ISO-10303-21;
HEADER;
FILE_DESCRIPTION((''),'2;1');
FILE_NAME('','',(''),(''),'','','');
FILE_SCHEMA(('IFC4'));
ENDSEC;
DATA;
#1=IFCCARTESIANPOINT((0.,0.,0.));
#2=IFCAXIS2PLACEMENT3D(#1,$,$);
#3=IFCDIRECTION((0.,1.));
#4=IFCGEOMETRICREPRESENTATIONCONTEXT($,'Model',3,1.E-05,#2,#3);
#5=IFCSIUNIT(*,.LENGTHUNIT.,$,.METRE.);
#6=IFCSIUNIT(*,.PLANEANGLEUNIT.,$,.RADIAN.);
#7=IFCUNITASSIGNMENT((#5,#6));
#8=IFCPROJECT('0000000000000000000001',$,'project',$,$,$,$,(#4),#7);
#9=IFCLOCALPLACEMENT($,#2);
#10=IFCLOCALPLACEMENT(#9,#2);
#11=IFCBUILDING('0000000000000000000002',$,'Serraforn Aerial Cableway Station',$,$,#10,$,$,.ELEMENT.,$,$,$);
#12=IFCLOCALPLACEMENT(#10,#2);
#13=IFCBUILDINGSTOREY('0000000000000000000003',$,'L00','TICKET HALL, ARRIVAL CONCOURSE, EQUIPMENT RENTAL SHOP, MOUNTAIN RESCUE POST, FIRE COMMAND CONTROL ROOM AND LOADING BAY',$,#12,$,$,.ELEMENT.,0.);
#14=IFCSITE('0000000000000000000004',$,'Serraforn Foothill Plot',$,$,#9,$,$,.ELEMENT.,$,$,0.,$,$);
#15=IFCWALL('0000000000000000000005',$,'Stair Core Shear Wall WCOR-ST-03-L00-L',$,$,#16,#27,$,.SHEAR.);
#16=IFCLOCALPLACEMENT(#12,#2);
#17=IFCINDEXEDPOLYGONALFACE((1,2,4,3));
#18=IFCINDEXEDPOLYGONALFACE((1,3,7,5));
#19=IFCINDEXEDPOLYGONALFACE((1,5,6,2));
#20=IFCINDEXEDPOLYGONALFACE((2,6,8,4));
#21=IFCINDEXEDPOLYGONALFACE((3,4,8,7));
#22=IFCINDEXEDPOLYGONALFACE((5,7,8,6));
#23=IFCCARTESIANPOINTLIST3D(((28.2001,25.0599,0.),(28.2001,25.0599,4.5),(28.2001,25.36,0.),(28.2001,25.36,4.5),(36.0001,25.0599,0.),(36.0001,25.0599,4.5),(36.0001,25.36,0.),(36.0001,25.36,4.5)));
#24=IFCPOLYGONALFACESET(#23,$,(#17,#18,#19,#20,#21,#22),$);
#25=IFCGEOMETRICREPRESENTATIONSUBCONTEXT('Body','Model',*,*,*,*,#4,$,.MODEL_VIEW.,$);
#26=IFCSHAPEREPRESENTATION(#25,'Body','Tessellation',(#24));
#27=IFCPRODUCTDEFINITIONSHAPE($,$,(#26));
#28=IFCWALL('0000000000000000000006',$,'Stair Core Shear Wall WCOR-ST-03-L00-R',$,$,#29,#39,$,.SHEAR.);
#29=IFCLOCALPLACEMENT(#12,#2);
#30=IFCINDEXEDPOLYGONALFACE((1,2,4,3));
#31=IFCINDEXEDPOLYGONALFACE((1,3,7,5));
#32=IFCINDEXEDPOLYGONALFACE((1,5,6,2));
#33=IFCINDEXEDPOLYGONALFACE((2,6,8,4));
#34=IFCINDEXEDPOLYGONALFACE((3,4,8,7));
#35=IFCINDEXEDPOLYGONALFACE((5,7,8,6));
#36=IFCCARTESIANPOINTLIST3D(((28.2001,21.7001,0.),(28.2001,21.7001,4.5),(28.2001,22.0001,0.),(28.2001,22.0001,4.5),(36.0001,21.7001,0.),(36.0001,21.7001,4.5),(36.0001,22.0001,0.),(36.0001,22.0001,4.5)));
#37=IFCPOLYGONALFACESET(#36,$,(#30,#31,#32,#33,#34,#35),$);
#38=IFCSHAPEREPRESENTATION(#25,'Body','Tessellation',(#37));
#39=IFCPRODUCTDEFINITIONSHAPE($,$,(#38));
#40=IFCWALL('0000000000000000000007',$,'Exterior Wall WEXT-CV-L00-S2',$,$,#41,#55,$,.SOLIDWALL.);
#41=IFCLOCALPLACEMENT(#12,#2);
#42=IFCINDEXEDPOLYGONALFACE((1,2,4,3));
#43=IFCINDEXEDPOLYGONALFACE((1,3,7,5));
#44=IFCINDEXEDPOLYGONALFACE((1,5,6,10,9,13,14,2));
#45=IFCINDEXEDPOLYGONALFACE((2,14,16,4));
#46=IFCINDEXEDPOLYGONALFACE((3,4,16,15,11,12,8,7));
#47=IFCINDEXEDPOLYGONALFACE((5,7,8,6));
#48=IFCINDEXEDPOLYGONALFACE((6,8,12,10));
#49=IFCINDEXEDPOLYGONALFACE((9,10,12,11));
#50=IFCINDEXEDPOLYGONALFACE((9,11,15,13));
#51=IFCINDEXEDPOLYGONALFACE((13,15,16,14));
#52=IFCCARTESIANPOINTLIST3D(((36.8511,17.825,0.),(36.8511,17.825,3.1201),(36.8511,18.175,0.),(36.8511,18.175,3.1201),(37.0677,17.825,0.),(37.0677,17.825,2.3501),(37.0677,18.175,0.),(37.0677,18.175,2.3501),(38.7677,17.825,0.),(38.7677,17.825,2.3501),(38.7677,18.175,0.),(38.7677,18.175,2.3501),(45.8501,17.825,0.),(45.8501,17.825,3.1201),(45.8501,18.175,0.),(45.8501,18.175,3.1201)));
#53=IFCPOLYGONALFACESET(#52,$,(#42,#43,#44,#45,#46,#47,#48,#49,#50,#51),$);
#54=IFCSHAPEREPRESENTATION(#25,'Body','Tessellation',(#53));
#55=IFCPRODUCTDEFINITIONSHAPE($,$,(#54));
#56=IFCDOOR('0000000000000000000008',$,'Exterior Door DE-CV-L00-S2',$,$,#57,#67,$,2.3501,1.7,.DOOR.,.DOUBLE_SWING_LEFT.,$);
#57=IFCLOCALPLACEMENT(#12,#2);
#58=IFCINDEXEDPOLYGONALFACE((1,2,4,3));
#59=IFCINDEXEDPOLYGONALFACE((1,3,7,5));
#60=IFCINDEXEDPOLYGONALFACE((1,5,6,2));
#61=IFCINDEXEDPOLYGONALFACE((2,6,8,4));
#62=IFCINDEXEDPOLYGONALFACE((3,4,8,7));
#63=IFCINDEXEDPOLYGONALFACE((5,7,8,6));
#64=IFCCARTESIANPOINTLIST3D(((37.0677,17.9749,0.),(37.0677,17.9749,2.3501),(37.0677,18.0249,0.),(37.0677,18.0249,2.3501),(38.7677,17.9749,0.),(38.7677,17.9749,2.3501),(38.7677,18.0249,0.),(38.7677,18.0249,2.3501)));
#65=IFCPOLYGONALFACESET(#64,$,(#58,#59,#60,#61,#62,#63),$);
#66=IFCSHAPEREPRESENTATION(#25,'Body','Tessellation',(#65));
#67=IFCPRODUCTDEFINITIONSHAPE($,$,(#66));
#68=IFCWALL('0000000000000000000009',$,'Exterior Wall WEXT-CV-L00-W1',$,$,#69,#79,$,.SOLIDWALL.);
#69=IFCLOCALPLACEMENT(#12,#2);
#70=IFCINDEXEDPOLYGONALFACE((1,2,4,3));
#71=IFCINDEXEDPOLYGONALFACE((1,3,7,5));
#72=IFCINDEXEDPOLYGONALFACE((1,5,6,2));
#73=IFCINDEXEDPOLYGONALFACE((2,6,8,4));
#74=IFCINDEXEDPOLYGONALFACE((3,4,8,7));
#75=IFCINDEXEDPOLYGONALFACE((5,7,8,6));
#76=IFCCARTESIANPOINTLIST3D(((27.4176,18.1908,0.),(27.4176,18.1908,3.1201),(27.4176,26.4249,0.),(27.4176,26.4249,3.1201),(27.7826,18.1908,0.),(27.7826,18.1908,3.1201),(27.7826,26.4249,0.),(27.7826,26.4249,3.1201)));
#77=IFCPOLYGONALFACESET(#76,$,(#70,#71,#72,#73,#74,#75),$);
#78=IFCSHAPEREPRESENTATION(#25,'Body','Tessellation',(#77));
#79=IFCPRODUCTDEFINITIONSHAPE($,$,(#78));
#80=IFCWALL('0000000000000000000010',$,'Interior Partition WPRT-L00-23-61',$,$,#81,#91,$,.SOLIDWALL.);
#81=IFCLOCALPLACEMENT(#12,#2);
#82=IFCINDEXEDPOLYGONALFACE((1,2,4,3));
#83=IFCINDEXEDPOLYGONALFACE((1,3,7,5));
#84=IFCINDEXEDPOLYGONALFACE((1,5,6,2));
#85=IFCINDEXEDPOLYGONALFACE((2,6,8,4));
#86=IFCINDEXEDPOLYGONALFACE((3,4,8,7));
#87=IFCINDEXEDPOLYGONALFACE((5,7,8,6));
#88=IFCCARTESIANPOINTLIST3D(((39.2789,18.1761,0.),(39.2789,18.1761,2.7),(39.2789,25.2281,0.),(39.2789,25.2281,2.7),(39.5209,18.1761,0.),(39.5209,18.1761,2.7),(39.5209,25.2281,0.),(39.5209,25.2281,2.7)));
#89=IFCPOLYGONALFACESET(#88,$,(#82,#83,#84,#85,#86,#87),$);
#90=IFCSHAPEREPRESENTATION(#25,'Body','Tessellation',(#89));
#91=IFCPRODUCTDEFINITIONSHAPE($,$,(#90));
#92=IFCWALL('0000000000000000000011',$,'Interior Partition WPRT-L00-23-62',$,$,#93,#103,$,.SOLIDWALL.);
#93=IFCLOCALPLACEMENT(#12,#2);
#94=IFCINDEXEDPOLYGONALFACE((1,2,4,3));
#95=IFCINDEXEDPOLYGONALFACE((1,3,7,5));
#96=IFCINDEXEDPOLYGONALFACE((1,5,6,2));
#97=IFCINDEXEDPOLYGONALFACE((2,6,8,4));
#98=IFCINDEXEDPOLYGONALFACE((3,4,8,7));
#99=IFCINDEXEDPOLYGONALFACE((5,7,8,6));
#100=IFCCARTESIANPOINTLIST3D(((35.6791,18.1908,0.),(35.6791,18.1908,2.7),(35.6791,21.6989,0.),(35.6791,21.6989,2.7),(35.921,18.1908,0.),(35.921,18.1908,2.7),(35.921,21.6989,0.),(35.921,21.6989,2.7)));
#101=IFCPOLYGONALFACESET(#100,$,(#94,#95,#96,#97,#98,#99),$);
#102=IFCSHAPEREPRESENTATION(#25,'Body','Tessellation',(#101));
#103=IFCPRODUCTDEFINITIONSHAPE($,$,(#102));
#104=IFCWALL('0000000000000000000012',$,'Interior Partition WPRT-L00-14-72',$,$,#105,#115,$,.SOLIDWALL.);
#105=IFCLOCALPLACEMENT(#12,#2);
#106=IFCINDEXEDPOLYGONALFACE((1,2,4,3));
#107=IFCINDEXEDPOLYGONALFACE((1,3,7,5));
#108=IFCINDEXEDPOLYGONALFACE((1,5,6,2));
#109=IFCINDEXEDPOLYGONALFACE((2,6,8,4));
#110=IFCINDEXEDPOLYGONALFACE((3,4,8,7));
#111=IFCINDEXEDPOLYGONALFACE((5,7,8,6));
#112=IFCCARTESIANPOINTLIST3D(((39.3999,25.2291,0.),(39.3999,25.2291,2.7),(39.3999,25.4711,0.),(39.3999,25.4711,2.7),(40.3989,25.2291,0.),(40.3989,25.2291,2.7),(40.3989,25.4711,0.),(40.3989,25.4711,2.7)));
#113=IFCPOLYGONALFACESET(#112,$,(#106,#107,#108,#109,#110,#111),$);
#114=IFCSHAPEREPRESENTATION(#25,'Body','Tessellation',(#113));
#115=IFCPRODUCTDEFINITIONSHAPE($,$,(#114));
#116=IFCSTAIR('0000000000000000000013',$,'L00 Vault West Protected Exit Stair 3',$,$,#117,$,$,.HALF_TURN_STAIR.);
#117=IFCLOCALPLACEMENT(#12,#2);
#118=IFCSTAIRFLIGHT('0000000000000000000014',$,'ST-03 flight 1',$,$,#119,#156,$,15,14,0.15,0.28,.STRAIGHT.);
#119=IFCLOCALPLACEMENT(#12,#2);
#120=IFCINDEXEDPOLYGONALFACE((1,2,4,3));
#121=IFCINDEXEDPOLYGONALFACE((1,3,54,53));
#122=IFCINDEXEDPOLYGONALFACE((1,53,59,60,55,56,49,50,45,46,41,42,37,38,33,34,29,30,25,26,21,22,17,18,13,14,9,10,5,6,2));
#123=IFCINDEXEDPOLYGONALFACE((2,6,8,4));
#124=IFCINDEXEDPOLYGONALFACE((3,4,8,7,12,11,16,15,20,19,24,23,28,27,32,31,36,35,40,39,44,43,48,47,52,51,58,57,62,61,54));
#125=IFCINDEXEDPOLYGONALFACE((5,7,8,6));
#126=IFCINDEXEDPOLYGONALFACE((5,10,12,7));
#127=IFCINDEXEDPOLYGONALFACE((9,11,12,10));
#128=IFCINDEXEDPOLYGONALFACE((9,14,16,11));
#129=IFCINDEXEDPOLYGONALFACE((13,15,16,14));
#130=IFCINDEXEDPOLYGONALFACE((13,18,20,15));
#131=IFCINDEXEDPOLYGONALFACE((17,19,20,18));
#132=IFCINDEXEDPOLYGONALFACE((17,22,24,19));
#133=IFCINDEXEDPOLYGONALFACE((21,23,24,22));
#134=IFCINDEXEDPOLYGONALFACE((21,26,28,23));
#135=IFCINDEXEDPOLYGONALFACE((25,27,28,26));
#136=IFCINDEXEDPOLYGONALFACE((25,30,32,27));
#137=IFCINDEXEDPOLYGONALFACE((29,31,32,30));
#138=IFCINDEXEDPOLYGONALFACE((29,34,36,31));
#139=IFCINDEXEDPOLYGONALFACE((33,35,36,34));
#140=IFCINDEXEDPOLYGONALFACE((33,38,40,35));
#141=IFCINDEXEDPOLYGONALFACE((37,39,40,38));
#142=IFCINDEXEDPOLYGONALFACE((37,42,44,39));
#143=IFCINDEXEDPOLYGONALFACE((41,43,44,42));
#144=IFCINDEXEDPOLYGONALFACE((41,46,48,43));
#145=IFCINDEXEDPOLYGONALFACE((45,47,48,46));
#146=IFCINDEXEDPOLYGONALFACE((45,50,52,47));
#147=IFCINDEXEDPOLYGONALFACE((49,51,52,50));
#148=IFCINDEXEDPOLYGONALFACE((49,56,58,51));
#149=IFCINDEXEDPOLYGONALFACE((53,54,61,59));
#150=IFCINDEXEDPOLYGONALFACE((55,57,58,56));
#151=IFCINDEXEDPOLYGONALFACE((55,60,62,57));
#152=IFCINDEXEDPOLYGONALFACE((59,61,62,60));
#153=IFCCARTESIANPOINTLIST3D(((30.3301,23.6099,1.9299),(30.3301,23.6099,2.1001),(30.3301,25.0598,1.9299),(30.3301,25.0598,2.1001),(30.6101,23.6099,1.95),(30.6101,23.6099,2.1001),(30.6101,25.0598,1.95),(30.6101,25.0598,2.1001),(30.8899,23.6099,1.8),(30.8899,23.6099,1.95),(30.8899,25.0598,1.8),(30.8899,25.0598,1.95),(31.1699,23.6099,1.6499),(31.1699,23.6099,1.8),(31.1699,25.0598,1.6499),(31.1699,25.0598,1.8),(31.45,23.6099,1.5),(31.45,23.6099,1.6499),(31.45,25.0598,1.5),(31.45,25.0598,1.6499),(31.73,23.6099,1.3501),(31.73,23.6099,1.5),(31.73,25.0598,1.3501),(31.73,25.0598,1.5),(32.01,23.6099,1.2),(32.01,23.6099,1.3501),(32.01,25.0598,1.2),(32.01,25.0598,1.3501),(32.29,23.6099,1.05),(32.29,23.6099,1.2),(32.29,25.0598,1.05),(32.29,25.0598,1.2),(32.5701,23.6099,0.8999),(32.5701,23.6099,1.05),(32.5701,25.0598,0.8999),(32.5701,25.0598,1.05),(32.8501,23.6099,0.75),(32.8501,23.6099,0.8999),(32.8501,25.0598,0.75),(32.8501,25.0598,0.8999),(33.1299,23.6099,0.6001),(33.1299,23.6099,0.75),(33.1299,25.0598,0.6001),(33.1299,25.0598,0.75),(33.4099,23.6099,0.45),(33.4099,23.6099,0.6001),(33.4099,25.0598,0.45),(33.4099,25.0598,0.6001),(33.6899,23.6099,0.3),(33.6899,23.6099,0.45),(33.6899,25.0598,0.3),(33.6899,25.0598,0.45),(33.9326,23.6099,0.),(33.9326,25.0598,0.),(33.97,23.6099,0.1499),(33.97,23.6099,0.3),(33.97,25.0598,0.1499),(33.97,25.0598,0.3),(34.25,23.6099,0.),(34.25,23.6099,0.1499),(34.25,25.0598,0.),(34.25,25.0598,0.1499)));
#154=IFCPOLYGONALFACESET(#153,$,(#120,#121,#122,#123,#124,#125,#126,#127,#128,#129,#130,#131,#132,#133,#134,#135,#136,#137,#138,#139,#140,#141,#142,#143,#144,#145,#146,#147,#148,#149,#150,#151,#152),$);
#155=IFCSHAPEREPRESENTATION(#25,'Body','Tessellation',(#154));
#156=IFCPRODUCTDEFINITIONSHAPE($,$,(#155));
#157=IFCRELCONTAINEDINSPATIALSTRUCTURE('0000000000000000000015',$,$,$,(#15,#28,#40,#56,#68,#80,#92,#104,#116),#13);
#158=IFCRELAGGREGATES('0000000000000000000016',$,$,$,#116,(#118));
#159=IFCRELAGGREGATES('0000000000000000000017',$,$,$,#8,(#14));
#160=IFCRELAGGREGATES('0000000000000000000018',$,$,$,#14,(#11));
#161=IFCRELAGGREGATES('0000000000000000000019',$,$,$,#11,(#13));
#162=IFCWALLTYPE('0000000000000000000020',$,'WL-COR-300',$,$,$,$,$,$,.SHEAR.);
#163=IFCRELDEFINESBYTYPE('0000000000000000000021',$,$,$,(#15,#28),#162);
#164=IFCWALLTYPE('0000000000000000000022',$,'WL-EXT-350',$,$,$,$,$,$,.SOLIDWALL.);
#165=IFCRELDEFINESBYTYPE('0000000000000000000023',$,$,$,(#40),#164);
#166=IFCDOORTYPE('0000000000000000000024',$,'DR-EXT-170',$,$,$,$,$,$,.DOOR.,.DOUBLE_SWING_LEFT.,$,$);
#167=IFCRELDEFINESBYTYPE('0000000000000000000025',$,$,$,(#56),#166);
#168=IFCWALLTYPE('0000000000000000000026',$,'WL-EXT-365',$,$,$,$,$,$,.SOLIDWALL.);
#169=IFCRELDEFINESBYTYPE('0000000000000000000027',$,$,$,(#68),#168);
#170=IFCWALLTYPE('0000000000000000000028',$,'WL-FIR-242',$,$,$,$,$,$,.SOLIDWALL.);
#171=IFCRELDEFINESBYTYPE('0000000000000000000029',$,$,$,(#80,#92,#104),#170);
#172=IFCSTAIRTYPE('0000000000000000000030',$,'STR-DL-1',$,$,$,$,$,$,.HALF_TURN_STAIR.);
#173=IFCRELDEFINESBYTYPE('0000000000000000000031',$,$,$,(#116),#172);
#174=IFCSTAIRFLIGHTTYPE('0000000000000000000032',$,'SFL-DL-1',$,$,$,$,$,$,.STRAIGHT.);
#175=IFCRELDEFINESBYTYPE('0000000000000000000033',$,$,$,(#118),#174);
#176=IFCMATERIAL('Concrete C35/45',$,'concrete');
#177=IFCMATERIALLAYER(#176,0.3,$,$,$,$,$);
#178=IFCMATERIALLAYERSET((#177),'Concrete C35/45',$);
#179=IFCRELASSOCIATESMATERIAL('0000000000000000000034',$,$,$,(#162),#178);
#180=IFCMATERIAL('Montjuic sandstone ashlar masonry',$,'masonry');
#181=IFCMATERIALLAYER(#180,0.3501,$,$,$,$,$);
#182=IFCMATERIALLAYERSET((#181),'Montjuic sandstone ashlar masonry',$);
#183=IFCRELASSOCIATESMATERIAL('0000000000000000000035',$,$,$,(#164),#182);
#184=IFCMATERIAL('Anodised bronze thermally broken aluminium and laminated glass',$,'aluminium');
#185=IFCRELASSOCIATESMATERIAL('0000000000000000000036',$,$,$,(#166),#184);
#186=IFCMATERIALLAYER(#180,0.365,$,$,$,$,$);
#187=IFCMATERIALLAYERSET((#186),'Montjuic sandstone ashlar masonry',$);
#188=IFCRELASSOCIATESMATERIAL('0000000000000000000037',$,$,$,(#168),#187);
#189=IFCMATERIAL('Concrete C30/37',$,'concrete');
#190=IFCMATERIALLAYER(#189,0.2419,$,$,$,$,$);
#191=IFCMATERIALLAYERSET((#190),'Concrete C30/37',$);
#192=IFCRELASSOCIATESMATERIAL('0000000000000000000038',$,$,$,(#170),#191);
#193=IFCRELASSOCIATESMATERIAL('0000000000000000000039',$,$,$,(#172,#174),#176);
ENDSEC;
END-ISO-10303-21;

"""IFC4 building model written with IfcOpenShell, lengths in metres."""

from ifc_helpers import new_model, si_unit, direction, frame, frame_2d, origin, place, context, subcontext, project, spatial, polyline, rectangle, outline, extrude, material, layer, layer_set, type_object, element, fill, aggregate, save


model = new_model("IFC4")

# Units and contexts
model_context = context("Model", 3, precision=1e-05, world=origin(), true_north=direction((0.0, 1.0)))
body_context = subcontext(model_context, "Body", "Model", "MODEL_VIEW")
ifc_project = project(units=[si_unit("LENGTHUNIT", "METRE"), si_unit("PLANEANGLEUNIT", "RADIAN")], contexts=[model_context])

# Site, building, storey
site_placement = place(None, origin())
site = spatial("IfcSite", under=ifc_project, at=site_placement, Name="Serraforn Foothill Plot", CompositionType="ELEMENT", RefElevation=0.0)
building_placement = place(site_placement, origin())
building = spatial("IfcBuilding", under=site, at=building_placement, Name="Serraforn Aerial Cableway Station", CompositionType="ELEMENT")
storey_placement = place(building_placement, origin())
storey = spatial("IfcBuildingStorey", under=building, at=storey_placement, Name="L00", Description="TICKET HALL, ARRIVAL CONCOURSE, EQUIPMENT RENTAL SHOP, MOUNTAIN RESCUE POST, FIRE COMMAND CONTROL ROOM AND LOADING BAY", CompositionType="ELEMENT", Elevation=0.0)

# Shared definitions
ifc_material_1 = material(Name="Concrete C35/45", Category="concrete")

# Shared definitions
ifc_layer_1 = layer(ifc_material_1, 0.3)
ifc_layer_set_1 = layer_set([ifc_layer_1], Name="Concrete C35/45")
wall_type_1 = type_object("IfcWallType", Name="WL-COR-300", PredefinedType="SHEAR", material=ifc_layer_set_1)

# Walls
for number, where, z_axis, x_axis, name in (
    (1, (36.0, 25.21, 0.0), (0.0, 0.0, 1.0), (-1.0, 0.0, 0.0), "Stair Core Shear Wall WCOR-ST-03-L00-L"),
    (2, (36.0, 21.8501, 0.0), (0.0, 0.0, 1.0), (-1.0, 0.0, 0.0), "Stair Core Shear Wall WCOR-ST-03-L00-R"),
):
    element("IfcWall", number, at=place(storey_placement, frame(where, z_axis=z_axis, x_axis=x_axis)), inside=storey, type_object=wall_type_1, Name=name, PredefinedType="SHEAR", context=body_context, shape_type="SweptSolid", body=[
        extrude(rectangle(XDim=7.8, YDim=0.3, at=frame_2d((3.8999, 0.0))), origin(), (0.0, 0.0, 1.0), 4.5),
    ])

# Wall, opening, door
ifc_material_2 = material(Name="Montjuic sandstone ashlar masonry", Category="masonry")
ifc_layer_2 = layer(ifc_material_2, 0.3501)
ifc_layer_set_2 = layer_set([ifc_layer_2], Name="Montjuic sandstone ashlar masonry")
wall_type_2 = type_object("IfcWallType", Name="WL-EXT-350", PredefinedType="SOLIDWALL", material=ifc_layer_set_2)
wall_1_placement = place(storey_placement, frame((36.8511, 18.0, 0.0), z_axis=(0.0, 0.0, 1.0), x_axis=(1.0, 0.0, 0.0)))
wall_1 = element("IfcWall", 3, at=wall_1_placement, inside=storey, type_object=wall_type_2, Name="Exterior Wall WEXT-CV-L00-S2", PredefinedType="SOLIDWALL", context=body_context, shape_type="SweptSolid", body=[
    extrude(rectangle(XDim=8.999, YDim=0.3501, at=frame_2d((4.4995, 0.0))), origin(), (0.0, 0.0, 1.0), 3.1201),
])
opening_1_placement = place(wall_1_placement, frame((0.2166, 0.0, 0.0)))
opening_1 = element("IfcOpeningElement", 4, at=opening_1_placement, cuts=wall_1, PredefinedType="OPENING", context=body_context, shape_type="SweptSolid", body=[
    extrude(rectangle(XDim=1.7, YDim=2.3501, at=frame_2d((0.8501, 1.175))), frame((0.0, 0.1851, 0.0), z_axis=(0.0, -1.0, 0.0), x_axis=(1.0, 0.0, 0.0)), (0.0, 0.0, 1.0), 0.3701),
])
ifc_material_3 = material(Name="Anodised bronze thermally broken aluminium and laminated glass", Category="aluminium")
door_type_1 = type_object("IfcDoorType", Name="DR-EXT-170", OperationType="DOUBLE_SWING_LEFT", PredefinedType="DOOR", material=ifc_material_3)
door_1_placement = place(opening_1_placement, origin())
door_1 = element("IfcDoor", 5, at=door_1_placement, inside=storey, type_object=door_type_1, Name="Exterior Door DE-CV-L00-S2", OperationType="DOUBLE_SWING_LEFT", OverallHeight=2.3501, OverallWidth=1.7, PredefinedType="DOOR", context=body_context, shape_type="SweptSolid", body=[
    extrude(rectangle(XDim=1.7, YDim=2.3501, at=frame_2d((0.8501, 1.175))), frame((0.0, 0.0249, 0.0), z_axis=(0.0, -1.0, 0.0), x_axis=(1.0, 0.0, 0.0)), (0.0, 0.0, 1.0), 0.05),
])
fill(opening_1, door_1)

# Wall
ifc_layer_3 = layer(ifc_material_2, 0.365)
ifc_layer_set_3 = layer_set([ifc_layer_3], Name="Montjuic sandstone ashlar masonry")
wall_type_3 = type_object("IfcWallType", Name="WL-EXT-365", PredefinedType="SOLIDWALL", material=ifc_layer_set_3)
wall_2_placement = place(storey_placement, frame((27.6001, 26.425, 0.0), z_axis=(0.0, 0.0, 1.0), x_axis=(0.0, -1.0, 0.0)))
element("IfcWall", 6, at=wall_2_placement, inside=storey, type_object=wall_type_3, Name="Exterior Wall WEXT-CV-L00-W1", PredefinedType="SOLIDWALL", context=body_context, shape_type="SweptSolid", body=[
    extrude(rectangle(XDim=8.2341, YDim=0.365, at=frame_2d((4.1172, 0.0))), origin(), (0.0, 0.0, 1.0), 3.1201),
])

# Shared definitions
ifc_material_4 = material(Name="Concrete C30/37", Category="concrete")
ifc_layer_4 = layer(ifc_material_4, 0.2419)
ifc_layer_set_4 = layer_set([ifc_layer_4], Name="Concrete C30/37")
wall_type_4 = type_object("IfcWallType", Name="WL-FIR-242", PredefinedType="SOLIDWALL", material=ifc_layer_set_4)

# Walls
wall_3_placement = place(storey_placement, frame((39.3999, 25.228, 0.0), z_axis=(0.0, 0.0, 1.0), x_axis=(0.0, -1.0, 0.0)))
element("IfcWall", 7, at=wall_3_placement, inside=storey, type_object=wall_type_4, Name="Interior Partition WPRT-L00-23-61", PredefinedType="SOLIDWALL", context=body_context, shape_type="SweptSolid", body=[
    extrude(rectangle(XDim=7.052, YDim=0.2419, at=frame_2d((3.5259, 0.0))), origin(), (0.0, 0.0, 1.0), 2.7),
])
wall_4_placement = place(storey_placement, frame((35.8, 18.1909, 0.0), z_axis=(0.0, 0.0, 1.0), x_axis=(0.0, 1.0, 0.0)))
element("IfcWall", 8, at=wall_4_placement, inside=storey, type_object=wall_type_4, Name="Interior Partition WPRT-L00-23-62", PredefinedType="SOLIDWALL", context=body_context, shape_type="SweptSolid", body=[
    extrude(rectangle(XDim=3.5081, YDim=0.2419, at=frame_2d((1.7539, 0.0))), origin(), (0.0, 0.0, 1.0), 2.7),
])
wall_5_placement = place(storey_placement, frame((39.3999, 25.3501, 0.0), z_axis=(0.0, 0.0, 1.0), x_axis=(1.0, 0.0, 0.0)))
element("IfcWall", 9, at=wall_5_placement, inside=storey, type_object=wall_type_4, Name="Interior Partition WPRT-L00-14-72", PredefinedType="SOLIDWALL", context=body_context, shape_type="SweptSolid", body=[
    extrude(rectangle(XDim=0.999, YDim=0.2419, at=frame_2d((0.4995, 0.0))), origin(), (0.0, 0.0, 1.0), 2.7),
])

# Stair, stair flight
stair_type = type_object("IfcStairType", Name="STR-DL-1", PredefinedType="HALF_TURN_STAIR", material=ifc_material_1)
stair_placement = place(storey_placement, origin())
stair = element("IfcStair", 10, at=stair_placement, inside=storey, type_object=stair_type, Name="L00 Vault West Protected Exit Stair 3", PredefinedType="HALF_TURN_STAIR")
stair_flight_type = type_object("IfcStairFlightType", Name="SFL-DL-1", PredefinedType="STRAIGHT", material=ifc_material_1)
stair_flight_1_placement = place(storey_placement, frame((34.25, 24.335, 0.0), z_axis=(0.0, 0.0, 1.0), x_axis=(-1.0, 0.0, 0.0)))
stair_flight_1 = element("IfcStairFlight", 11, at=stair_flight_1_placement, type_object=stair_flight_type, Name="ST-03 flight 1", NumberOfRisers=15, NumberOfTreads=14, PredefinedType="STRAIGHT", RiserHeight=0.15, TreadLength=0.28, context=body_context, shape_type="SweptSolid", body=[
    extrude(outline(polyline([(0.0, 0.0), (0.0, 0.1499), (0.28, 0.1499), (0.28, 0.3), (0.5601, 0.3), (0.5601, 0.45), (0.8401, 0.45), (0.8401, 0.6001), (1.1201, 0.6001), (1.1201, 0.75), (1.3999, 0.75), (1.3999, 0.8999), (1.6799, 0.8999), (1.6799, 1.05), (1.96, 1.05), (1.96, 1.2), (2.24, 1.2), (2.24, 1.3501), (2.52, 1.3501), (2.52, 1.5), (2.8, 1.5), (2.8, 1.6499), (3.0801, 1.6499), (3.0801, 1.8), (3.3601, 1.8), (3.3601, 1.95), (3.6399, 1.95), (3.6399, 2.1001), (3.9199, 2.1001), (3.9199, 2.25), (3.9199, 1.9299), (0.3174, 0.0), (0.0, 0.0)])), frame((0.0, 0.7251, 0.0), z_axis=(0.0, -1.0, 0.0), x_axis=(1.0, 0.0, 0.0)), (0.0, 0.0, 1.0), 1.45),
])
aggregate(stair, [stair_flight_1])

save(model, "model.ifc")
